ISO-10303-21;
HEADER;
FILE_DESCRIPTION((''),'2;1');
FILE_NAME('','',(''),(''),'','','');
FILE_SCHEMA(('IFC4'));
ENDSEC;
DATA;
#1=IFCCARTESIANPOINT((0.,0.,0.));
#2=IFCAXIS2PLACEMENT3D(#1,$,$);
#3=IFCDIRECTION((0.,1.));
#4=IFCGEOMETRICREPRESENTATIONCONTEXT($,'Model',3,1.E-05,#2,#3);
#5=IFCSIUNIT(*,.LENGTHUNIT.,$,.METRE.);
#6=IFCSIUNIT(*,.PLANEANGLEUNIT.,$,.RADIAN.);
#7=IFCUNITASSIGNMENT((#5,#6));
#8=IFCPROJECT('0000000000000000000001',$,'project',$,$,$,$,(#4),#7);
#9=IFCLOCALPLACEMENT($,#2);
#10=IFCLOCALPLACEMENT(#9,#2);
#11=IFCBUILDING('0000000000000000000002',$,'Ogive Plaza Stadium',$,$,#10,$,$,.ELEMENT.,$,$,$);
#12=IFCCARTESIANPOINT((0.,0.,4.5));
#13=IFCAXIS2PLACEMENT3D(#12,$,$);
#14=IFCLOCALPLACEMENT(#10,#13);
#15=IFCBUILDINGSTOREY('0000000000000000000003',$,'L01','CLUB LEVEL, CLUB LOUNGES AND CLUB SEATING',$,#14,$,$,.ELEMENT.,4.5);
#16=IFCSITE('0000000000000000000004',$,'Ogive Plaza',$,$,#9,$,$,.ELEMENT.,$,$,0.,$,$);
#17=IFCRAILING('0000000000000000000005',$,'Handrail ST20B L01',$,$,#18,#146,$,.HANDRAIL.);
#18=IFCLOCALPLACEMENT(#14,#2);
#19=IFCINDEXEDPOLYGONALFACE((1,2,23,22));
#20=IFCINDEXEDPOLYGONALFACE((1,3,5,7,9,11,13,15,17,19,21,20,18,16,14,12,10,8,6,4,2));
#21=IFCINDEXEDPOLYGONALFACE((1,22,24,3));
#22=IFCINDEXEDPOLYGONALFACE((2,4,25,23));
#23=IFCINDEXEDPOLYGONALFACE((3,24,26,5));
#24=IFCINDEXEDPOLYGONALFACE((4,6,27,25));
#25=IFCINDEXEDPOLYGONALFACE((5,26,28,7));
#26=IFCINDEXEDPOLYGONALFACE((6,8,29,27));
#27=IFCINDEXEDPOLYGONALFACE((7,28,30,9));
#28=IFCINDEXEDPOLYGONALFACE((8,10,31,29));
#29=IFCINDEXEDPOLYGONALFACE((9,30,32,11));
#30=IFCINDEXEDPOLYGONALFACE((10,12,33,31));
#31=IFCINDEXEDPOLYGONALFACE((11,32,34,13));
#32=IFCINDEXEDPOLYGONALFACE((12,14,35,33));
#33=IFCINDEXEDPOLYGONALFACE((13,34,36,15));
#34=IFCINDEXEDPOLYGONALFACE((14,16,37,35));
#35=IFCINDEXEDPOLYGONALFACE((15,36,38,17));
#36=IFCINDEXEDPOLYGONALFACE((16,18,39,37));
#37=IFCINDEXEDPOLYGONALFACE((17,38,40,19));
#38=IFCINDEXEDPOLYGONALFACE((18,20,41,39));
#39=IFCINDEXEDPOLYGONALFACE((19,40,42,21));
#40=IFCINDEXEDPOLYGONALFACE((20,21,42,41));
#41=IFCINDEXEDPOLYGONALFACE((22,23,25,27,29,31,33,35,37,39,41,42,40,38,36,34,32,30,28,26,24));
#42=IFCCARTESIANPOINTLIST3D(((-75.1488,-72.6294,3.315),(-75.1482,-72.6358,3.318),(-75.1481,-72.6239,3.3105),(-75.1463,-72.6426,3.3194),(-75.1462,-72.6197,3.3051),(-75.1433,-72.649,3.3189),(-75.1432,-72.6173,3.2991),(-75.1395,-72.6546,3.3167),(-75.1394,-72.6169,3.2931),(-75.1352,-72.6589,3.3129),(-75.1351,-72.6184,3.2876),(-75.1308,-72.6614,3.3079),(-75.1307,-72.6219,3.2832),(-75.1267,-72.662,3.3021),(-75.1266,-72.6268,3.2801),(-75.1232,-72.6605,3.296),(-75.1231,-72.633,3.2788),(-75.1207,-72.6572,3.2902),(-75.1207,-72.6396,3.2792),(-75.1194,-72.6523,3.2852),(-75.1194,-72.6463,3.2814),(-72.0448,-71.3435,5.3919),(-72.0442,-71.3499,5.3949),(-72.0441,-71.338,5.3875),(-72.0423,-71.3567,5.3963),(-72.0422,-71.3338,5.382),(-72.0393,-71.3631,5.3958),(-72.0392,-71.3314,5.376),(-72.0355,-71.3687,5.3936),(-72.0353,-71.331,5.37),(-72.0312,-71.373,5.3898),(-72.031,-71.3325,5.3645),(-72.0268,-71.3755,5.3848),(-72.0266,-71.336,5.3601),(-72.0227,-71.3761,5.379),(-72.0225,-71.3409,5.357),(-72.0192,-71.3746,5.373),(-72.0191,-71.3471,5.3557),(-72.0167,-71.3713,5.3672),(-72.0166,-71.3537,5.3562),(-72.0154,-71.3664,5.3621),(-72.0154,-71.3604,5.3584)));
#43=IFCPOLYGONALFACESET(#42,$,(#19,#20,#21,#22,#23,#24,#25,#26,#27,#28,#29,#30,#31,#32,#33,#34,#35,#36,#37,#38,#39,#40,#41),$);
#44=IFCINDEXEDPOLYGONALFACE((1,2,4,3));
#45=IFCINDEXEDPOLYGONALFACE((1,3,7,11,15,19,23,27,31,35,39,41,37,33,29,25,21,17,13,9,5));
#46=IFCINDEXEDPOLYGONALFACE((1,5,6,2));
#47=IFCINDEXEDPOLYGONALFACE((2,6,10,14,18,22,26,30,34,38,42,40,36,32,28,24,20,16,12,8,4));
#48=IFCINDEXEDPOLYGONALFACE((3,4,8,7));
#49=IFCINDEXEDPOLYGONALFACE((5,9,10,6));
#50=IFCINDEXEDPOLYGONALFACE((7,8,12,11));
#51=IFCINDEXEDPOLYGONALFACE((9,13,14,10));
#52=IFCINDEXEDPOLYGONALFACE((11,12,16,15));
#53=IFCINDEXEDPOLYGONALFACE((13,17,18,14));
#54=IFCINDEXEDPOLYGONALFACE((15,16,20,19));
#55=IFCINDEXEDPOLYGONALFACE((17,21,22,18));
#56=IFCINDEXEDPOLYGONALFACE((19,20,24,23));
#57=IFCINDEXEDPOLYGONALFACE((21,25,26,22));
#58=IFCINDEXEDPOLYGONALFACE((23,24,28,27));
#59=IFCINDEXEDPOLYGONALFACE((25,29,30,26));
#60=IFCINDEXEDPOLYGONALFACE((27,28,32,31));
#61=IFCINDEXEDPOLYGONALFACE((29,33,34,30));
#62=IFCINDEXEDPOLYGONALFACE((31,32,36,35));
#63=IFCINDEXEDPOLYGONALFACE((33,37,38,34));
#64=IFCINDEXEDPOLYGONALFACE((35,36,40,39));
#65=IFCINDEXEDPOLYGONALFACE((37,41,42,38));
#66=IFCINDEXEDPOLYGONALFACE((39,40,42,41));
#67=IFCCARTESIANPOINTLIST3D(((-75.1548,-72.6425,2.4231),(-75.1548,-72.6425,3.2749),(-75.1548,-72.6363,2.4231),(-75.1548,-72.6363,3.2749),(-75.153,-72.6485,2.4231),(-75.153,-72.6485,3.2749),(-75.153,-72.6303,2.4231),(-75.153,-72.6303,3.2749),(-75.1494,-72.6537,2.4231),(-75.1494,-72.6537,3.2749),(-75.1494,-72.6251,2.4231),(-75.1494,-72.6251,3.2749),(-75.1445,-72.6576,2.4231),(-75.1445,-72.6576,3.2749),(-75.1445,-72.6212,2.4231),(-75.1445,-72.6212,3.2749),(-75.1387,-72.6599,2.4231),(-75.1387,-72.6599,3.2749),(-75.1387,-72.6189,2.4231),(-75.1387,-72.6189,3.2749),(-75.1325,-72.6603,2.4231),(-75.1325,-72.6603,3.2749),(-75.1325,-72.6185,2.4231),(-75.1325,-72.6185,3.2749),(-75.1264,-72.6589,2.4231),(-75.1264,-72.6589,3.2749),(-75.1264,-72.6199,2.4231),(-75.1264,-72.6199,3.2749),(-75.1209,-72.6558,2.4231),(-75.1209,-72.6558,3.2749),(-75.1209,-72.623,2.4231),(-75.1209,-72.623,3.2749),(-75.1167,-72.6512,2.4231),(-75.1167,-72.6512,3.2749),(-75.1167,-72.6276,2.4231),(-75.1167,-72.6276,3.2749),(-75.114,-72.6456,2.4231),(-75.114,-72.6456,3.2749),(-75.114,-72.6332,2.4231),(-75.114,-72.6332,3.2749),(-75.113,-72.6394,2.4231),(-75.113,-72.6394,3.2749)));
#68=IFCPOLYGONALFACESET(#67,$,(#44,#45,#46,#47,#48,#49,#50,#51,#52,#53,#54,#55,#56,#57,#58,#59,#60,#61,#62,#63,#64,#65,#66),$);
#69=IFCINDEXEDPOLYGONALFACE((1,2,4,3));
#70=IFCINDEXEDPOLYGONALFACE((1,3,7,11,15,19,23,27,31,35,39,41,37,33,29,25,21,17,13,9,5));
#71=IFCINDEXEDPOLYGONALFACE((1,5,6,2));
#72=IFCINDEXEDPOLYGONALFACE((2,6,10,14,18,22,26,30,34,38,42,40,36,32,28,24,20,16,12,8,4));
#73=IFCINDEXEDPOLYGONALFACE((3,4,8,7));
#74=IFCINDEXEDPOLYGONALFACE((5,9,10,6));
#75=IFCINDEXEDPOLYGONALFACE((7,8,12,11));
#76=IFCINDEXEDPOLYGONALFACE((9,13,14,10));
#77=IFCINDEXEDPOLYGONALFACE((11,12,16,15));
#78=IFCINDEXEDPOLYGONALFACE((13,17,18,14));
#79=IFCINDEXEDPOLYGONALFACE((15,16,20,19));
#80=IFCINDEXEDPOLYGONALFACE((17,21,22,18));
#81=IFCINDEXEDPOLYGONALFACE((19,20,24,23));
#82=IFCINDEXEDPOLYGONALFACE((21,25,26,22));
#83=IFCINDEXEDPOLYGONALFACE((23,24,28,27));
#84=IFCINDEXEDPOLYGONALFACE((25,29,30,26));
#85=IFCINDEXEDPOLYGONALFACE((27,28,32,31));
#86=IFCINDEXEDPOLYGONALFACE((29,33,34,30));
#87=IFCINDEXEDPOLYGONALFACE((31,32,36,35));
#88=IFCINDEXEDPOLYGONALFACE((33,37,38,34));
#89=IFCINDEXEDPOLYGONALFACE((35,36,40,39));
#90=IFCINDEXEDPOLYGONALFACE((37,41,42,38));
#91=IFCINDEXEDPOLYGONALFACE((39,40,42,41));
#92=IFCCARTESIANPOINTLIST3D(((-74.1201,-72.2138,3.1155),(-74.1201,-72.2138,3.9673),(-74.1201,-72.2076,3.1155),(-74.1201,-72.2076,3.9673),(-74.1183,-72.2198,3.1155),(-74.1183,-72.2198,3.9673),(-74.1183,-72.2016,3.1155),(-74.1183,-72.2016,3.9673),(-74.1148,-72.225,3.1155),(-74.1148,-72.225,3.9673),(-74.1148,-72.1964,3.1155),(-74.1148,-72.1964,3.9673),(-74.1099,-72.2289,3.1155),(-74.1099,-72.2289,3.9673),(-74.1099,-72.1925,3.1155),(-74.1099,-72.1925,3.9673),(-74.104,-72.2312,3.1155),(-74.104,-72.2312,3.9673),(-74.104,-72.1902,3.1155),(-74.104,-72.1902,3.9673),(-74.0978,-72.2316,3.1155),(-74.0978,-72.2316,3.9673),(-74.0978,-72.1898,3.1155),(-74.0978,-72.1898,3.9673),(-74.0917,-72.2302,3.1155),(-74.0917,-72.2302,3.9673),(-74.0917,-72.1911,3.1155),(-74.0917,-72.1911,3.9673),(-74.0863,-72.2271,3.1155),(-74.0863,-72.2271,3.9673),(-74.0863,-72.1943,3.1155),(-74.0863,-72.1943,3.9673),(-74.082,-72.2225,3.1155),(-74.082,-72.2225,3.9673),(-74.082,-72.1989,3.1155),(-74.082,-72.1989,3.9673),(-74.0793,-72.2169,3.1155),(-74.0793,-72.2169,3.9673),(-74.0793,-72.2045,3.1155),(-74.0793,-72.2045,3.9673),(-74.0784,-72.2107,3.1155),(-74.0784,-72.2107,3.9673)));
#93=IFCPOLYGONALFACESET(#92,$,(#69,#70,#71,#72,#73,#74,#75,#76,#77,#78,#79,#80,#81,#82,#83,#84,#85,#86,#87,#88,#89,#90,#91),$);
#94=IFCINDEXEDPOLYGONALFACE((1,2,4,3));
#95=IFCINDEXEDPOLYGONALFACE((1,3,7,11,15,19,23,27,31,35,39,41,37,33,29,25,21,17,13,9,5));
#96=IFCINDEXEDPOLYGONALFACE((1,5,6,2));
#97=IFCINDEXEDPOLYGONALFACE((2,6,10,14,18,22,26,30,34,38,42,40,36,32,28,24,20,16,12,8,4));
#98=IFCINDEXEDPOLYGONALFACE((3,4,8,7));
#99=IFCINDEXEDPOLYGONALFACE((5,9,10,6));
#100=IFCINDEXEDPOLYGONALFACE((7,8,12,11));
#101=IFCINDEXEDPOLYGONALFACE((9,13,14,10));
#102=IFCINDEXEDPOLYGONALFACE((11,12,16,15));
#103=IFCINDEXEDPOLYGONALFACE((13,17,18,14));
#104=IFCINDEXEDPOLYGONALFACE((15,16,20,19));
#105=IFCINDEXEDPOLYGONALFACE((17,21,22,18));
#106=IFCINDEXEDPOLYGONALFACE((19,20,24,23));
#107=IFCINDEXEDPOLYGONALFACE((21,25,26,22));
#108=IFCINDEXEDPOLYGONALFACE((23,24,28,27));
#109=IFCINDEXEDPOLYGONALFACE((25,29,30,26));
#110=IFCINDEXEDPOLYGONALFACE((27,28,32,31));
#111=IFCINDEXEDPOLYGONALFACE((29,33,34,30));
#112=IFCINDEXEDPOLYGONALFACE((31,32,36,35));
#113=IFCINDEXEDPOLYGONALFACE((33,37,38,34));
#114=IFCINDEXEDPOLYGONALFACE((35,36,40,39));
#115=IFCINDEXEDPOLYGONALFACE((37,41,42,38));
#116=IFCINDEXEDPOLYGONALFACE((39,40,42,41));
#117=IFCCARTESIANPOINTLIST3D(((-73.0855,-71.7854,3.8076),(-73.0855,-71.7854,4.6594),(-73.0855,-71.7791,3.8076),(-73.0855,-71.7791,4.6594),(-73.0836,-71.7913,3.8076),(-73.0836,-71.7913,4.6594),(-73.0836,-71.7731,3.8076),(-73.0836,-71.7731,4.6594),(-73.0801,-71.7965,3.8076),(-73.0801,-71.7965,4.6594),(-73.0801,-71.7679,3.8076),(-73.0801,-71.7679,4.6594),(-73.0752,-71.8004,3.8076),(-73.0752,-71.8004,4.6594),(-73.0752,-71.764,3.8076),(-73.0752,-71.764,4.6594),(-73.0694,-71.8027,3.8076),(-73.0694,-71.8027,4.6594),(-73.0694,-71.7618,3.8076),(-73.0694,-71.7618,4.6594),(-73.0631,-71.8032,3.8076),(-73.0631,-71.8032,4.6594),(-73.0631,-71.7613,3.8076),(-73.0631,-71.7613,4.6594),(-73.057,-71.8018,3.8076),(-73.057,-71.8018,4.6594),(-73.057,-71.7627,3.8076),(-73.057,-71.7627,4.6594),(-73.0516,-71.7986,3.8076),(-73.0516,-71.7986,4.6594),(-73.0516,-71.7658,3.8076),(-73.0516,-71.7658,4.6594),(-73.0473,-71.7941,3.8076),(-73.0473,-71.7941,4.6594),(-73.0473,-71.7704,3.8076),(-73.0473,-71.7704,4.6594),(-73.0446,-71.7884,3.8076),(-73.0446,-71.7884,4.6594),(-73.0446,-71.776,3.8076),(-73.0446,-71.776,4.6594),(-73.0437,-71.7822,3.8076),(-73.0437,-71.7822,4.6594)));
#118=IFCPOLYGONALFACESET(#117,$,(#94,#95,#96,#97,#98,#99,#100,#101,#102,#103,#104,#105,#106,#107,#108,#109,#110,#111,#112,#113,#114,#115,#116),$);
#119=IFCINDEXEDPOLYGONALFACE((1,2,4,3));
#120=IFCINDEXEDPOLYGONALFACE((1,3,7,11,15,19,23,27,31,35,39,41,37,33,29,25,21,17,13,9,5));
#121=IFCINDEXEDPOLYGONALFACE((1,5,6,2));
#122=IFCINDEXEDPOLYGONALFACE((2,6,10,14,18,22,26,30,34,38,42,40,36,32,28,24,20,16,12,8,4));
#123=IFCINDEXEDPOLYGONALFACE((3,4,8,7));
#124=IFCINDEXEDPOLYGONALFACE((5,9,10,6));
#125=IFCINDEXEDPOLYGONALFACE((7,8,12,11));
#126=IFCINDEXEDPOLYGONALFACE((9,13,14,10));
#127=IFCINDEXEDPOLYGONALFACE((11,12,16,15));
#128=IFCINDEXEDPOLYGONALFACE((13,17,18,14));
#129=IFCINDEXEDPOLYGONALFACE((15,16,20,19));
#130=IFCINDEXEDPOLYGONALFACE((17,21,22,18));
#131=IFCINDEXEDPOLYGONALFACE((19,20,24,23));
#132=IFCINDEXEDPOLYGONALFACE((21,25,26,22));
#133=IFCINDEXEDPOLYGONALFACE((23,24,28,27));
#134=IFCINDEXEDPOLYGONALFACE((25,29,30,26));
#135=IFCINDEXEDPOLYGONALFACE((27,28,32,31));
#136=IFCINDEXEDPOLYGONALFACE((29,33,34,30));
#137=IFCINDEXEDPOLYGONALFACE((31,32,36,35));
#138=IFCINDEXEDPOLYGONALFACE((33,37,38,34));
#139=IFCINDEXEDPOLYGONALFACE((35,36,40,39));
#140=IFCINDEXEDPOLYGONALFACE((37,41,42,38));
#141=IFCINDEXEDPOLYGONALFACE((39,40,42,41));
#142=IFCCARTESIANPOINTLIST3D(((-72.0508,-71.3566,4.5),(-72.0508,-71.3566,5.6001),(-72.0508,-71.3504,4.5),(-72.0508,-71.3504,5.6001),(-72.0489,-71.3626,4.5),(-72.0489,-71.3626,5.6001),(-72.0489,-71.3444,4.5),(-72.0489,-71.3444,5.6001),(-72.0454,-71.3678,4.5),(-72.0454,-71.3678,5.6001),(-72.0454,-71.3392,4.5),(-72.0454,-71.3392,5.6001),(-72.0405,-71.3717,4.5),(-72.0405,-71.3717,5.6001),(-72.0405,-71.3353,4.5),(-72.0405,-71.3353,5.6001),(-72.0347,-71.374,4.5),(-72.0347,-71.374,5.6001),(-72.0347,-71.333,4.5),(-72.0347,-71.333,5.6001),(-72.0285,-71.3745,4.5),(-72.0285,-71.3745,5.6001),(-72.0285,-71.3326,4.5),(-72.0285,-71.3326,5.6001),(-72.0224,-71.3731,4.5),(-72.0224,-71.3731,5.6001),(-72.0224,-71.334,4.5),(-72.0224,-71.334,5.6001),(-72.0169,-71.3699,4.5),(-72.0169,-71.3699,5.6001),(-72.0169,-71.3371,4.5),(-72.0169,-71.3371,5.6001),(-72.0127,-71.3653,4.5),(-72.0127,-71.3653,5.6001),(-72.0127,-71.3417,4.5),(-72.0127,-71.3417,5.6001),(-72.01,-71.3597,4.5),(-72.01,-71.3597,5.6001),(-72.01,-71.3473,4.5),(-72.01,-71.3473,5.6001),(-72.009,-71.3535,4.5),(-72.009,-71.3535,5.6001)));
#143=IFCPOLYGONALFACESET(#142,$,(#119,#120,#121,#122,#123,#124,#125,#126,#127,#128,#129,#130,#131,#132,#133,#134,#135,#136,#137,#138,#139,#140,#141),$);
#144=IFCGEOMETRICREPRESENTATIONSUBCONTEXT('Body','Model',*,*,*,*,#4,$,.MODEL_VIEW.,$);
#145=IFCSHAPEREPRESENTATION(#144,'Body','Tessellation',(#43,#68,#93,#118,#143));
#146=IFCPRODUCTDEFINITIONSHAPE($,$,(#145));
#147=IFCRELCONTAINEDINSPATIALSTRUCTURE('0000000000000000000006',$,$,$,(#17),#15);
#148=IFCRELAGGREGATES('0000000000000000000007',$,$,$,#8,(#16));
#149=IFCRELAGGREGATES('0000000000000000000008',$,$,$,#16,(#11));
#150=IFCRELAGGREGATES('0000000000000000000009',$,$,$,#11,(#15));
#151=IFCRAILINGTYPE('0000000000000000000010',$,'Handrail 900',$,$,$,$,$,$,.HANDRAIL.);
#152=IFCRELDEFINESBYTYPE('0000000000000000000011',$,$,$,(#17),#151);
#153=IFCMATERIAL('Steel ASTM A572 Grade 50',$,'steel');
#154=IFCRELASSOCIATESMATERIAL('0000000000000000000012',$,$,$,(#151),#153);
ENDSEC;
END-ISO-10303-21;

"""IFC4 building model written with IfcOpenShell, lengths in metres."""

from ifc_helpers import new_model, si_unit, direction, frame, origin, origin_2d, place, context, subcontext, project, spatial, circle, extrude, material, type_object, element, save


model = new_model("IFC4")

# Units and contexts
model_context = context("Model", 3, precision=1e-05, world=origin(), true_north=direction((0.0, 1.0)))
body_context = subcontext(model_context, "Body", "Model", "MODEL_VIEW")
ifc_project = project(units=[si_unit("LENGTHUNIT", "METRE"), si_unit("PLANEANGLEUNIT", "RADIAN")], contexts=[model_context])

# Site, building, storey
site_placement = place(None, origin())
site = spatial("IfcSite", under=ifc_project, at=site_placement, Name="Ogive Plaza", CompositionType="ELEMENT", RefElevation=0.0)
building_placement = place(site_placement, origin())
building = spatial("IfcBuilding", under=site, at=building_placement, Name="Ogive Plaza Stadium", CompositionType="ELEMENT")
storey_placement = place(building_placement, frame((0.0, 0.0, 4.5)))
storey = spatial("IfcBuildingStorey", under=building, at=storey_placement, Name="L01", Description="CLUB LEVEL, CLUB LOUNGES AND CLUB SEATING", CompositionType="ELEMENT", Elevation=4.5)

# Railing
ifc_material_1 = material(Name="Steel ASTM A572 Grade 50", Category="steel")
railing_type_1 = type_object("IfcRailingType", Name="Handrail 900", PredefinedType="HANDRAIL", material=ifc_material_1)
railing_1_placement = place(storey_placement, frame((-75.134, -72.6394, 2.4231)))
element("IfcRailing", 1, at=railing_1_placement, inside=storey, type_object=railing_type_1, Name="Handrail ST20B L01", PredefinedType="HANDRAIL", context=body_context, shape_type="SweptSolid", body=[
    extrude(circle(Radius=0.0239, at=origin_2d()), frame((0.0, 0.0, 0.876), z_axis=(0.785839, 0.325548, 0.525809), x_axis=(-0.382726, 0.923862, 0.0)), (0.0, 0.0, 1.0), 3.95),
    extrude(circle(Radius=0.021, at=origin_2d()), origin(), (0.0, 0.0, 1.0), 0.8518),
    extrude(circle(Radius=0.021, at=origin_2d()), frame((1.0347, 0.4287, 0.6924)), (0.0, 0.0, 1.0), 0.8518),
    extrude(circle(Radius=0.021, at=origin_2d()), frame((2.0693, 0.8572, 1.3845)), (0.0, 0.0, 1.0), 0.8518),
    extrude(circle(Radius=0.021, at=origin_2d()), frame((3.104, 1.2859, 2.0769)), (0.0, 0.0, 1.0), 1.1001),
])

save(model, "model.ifc")
